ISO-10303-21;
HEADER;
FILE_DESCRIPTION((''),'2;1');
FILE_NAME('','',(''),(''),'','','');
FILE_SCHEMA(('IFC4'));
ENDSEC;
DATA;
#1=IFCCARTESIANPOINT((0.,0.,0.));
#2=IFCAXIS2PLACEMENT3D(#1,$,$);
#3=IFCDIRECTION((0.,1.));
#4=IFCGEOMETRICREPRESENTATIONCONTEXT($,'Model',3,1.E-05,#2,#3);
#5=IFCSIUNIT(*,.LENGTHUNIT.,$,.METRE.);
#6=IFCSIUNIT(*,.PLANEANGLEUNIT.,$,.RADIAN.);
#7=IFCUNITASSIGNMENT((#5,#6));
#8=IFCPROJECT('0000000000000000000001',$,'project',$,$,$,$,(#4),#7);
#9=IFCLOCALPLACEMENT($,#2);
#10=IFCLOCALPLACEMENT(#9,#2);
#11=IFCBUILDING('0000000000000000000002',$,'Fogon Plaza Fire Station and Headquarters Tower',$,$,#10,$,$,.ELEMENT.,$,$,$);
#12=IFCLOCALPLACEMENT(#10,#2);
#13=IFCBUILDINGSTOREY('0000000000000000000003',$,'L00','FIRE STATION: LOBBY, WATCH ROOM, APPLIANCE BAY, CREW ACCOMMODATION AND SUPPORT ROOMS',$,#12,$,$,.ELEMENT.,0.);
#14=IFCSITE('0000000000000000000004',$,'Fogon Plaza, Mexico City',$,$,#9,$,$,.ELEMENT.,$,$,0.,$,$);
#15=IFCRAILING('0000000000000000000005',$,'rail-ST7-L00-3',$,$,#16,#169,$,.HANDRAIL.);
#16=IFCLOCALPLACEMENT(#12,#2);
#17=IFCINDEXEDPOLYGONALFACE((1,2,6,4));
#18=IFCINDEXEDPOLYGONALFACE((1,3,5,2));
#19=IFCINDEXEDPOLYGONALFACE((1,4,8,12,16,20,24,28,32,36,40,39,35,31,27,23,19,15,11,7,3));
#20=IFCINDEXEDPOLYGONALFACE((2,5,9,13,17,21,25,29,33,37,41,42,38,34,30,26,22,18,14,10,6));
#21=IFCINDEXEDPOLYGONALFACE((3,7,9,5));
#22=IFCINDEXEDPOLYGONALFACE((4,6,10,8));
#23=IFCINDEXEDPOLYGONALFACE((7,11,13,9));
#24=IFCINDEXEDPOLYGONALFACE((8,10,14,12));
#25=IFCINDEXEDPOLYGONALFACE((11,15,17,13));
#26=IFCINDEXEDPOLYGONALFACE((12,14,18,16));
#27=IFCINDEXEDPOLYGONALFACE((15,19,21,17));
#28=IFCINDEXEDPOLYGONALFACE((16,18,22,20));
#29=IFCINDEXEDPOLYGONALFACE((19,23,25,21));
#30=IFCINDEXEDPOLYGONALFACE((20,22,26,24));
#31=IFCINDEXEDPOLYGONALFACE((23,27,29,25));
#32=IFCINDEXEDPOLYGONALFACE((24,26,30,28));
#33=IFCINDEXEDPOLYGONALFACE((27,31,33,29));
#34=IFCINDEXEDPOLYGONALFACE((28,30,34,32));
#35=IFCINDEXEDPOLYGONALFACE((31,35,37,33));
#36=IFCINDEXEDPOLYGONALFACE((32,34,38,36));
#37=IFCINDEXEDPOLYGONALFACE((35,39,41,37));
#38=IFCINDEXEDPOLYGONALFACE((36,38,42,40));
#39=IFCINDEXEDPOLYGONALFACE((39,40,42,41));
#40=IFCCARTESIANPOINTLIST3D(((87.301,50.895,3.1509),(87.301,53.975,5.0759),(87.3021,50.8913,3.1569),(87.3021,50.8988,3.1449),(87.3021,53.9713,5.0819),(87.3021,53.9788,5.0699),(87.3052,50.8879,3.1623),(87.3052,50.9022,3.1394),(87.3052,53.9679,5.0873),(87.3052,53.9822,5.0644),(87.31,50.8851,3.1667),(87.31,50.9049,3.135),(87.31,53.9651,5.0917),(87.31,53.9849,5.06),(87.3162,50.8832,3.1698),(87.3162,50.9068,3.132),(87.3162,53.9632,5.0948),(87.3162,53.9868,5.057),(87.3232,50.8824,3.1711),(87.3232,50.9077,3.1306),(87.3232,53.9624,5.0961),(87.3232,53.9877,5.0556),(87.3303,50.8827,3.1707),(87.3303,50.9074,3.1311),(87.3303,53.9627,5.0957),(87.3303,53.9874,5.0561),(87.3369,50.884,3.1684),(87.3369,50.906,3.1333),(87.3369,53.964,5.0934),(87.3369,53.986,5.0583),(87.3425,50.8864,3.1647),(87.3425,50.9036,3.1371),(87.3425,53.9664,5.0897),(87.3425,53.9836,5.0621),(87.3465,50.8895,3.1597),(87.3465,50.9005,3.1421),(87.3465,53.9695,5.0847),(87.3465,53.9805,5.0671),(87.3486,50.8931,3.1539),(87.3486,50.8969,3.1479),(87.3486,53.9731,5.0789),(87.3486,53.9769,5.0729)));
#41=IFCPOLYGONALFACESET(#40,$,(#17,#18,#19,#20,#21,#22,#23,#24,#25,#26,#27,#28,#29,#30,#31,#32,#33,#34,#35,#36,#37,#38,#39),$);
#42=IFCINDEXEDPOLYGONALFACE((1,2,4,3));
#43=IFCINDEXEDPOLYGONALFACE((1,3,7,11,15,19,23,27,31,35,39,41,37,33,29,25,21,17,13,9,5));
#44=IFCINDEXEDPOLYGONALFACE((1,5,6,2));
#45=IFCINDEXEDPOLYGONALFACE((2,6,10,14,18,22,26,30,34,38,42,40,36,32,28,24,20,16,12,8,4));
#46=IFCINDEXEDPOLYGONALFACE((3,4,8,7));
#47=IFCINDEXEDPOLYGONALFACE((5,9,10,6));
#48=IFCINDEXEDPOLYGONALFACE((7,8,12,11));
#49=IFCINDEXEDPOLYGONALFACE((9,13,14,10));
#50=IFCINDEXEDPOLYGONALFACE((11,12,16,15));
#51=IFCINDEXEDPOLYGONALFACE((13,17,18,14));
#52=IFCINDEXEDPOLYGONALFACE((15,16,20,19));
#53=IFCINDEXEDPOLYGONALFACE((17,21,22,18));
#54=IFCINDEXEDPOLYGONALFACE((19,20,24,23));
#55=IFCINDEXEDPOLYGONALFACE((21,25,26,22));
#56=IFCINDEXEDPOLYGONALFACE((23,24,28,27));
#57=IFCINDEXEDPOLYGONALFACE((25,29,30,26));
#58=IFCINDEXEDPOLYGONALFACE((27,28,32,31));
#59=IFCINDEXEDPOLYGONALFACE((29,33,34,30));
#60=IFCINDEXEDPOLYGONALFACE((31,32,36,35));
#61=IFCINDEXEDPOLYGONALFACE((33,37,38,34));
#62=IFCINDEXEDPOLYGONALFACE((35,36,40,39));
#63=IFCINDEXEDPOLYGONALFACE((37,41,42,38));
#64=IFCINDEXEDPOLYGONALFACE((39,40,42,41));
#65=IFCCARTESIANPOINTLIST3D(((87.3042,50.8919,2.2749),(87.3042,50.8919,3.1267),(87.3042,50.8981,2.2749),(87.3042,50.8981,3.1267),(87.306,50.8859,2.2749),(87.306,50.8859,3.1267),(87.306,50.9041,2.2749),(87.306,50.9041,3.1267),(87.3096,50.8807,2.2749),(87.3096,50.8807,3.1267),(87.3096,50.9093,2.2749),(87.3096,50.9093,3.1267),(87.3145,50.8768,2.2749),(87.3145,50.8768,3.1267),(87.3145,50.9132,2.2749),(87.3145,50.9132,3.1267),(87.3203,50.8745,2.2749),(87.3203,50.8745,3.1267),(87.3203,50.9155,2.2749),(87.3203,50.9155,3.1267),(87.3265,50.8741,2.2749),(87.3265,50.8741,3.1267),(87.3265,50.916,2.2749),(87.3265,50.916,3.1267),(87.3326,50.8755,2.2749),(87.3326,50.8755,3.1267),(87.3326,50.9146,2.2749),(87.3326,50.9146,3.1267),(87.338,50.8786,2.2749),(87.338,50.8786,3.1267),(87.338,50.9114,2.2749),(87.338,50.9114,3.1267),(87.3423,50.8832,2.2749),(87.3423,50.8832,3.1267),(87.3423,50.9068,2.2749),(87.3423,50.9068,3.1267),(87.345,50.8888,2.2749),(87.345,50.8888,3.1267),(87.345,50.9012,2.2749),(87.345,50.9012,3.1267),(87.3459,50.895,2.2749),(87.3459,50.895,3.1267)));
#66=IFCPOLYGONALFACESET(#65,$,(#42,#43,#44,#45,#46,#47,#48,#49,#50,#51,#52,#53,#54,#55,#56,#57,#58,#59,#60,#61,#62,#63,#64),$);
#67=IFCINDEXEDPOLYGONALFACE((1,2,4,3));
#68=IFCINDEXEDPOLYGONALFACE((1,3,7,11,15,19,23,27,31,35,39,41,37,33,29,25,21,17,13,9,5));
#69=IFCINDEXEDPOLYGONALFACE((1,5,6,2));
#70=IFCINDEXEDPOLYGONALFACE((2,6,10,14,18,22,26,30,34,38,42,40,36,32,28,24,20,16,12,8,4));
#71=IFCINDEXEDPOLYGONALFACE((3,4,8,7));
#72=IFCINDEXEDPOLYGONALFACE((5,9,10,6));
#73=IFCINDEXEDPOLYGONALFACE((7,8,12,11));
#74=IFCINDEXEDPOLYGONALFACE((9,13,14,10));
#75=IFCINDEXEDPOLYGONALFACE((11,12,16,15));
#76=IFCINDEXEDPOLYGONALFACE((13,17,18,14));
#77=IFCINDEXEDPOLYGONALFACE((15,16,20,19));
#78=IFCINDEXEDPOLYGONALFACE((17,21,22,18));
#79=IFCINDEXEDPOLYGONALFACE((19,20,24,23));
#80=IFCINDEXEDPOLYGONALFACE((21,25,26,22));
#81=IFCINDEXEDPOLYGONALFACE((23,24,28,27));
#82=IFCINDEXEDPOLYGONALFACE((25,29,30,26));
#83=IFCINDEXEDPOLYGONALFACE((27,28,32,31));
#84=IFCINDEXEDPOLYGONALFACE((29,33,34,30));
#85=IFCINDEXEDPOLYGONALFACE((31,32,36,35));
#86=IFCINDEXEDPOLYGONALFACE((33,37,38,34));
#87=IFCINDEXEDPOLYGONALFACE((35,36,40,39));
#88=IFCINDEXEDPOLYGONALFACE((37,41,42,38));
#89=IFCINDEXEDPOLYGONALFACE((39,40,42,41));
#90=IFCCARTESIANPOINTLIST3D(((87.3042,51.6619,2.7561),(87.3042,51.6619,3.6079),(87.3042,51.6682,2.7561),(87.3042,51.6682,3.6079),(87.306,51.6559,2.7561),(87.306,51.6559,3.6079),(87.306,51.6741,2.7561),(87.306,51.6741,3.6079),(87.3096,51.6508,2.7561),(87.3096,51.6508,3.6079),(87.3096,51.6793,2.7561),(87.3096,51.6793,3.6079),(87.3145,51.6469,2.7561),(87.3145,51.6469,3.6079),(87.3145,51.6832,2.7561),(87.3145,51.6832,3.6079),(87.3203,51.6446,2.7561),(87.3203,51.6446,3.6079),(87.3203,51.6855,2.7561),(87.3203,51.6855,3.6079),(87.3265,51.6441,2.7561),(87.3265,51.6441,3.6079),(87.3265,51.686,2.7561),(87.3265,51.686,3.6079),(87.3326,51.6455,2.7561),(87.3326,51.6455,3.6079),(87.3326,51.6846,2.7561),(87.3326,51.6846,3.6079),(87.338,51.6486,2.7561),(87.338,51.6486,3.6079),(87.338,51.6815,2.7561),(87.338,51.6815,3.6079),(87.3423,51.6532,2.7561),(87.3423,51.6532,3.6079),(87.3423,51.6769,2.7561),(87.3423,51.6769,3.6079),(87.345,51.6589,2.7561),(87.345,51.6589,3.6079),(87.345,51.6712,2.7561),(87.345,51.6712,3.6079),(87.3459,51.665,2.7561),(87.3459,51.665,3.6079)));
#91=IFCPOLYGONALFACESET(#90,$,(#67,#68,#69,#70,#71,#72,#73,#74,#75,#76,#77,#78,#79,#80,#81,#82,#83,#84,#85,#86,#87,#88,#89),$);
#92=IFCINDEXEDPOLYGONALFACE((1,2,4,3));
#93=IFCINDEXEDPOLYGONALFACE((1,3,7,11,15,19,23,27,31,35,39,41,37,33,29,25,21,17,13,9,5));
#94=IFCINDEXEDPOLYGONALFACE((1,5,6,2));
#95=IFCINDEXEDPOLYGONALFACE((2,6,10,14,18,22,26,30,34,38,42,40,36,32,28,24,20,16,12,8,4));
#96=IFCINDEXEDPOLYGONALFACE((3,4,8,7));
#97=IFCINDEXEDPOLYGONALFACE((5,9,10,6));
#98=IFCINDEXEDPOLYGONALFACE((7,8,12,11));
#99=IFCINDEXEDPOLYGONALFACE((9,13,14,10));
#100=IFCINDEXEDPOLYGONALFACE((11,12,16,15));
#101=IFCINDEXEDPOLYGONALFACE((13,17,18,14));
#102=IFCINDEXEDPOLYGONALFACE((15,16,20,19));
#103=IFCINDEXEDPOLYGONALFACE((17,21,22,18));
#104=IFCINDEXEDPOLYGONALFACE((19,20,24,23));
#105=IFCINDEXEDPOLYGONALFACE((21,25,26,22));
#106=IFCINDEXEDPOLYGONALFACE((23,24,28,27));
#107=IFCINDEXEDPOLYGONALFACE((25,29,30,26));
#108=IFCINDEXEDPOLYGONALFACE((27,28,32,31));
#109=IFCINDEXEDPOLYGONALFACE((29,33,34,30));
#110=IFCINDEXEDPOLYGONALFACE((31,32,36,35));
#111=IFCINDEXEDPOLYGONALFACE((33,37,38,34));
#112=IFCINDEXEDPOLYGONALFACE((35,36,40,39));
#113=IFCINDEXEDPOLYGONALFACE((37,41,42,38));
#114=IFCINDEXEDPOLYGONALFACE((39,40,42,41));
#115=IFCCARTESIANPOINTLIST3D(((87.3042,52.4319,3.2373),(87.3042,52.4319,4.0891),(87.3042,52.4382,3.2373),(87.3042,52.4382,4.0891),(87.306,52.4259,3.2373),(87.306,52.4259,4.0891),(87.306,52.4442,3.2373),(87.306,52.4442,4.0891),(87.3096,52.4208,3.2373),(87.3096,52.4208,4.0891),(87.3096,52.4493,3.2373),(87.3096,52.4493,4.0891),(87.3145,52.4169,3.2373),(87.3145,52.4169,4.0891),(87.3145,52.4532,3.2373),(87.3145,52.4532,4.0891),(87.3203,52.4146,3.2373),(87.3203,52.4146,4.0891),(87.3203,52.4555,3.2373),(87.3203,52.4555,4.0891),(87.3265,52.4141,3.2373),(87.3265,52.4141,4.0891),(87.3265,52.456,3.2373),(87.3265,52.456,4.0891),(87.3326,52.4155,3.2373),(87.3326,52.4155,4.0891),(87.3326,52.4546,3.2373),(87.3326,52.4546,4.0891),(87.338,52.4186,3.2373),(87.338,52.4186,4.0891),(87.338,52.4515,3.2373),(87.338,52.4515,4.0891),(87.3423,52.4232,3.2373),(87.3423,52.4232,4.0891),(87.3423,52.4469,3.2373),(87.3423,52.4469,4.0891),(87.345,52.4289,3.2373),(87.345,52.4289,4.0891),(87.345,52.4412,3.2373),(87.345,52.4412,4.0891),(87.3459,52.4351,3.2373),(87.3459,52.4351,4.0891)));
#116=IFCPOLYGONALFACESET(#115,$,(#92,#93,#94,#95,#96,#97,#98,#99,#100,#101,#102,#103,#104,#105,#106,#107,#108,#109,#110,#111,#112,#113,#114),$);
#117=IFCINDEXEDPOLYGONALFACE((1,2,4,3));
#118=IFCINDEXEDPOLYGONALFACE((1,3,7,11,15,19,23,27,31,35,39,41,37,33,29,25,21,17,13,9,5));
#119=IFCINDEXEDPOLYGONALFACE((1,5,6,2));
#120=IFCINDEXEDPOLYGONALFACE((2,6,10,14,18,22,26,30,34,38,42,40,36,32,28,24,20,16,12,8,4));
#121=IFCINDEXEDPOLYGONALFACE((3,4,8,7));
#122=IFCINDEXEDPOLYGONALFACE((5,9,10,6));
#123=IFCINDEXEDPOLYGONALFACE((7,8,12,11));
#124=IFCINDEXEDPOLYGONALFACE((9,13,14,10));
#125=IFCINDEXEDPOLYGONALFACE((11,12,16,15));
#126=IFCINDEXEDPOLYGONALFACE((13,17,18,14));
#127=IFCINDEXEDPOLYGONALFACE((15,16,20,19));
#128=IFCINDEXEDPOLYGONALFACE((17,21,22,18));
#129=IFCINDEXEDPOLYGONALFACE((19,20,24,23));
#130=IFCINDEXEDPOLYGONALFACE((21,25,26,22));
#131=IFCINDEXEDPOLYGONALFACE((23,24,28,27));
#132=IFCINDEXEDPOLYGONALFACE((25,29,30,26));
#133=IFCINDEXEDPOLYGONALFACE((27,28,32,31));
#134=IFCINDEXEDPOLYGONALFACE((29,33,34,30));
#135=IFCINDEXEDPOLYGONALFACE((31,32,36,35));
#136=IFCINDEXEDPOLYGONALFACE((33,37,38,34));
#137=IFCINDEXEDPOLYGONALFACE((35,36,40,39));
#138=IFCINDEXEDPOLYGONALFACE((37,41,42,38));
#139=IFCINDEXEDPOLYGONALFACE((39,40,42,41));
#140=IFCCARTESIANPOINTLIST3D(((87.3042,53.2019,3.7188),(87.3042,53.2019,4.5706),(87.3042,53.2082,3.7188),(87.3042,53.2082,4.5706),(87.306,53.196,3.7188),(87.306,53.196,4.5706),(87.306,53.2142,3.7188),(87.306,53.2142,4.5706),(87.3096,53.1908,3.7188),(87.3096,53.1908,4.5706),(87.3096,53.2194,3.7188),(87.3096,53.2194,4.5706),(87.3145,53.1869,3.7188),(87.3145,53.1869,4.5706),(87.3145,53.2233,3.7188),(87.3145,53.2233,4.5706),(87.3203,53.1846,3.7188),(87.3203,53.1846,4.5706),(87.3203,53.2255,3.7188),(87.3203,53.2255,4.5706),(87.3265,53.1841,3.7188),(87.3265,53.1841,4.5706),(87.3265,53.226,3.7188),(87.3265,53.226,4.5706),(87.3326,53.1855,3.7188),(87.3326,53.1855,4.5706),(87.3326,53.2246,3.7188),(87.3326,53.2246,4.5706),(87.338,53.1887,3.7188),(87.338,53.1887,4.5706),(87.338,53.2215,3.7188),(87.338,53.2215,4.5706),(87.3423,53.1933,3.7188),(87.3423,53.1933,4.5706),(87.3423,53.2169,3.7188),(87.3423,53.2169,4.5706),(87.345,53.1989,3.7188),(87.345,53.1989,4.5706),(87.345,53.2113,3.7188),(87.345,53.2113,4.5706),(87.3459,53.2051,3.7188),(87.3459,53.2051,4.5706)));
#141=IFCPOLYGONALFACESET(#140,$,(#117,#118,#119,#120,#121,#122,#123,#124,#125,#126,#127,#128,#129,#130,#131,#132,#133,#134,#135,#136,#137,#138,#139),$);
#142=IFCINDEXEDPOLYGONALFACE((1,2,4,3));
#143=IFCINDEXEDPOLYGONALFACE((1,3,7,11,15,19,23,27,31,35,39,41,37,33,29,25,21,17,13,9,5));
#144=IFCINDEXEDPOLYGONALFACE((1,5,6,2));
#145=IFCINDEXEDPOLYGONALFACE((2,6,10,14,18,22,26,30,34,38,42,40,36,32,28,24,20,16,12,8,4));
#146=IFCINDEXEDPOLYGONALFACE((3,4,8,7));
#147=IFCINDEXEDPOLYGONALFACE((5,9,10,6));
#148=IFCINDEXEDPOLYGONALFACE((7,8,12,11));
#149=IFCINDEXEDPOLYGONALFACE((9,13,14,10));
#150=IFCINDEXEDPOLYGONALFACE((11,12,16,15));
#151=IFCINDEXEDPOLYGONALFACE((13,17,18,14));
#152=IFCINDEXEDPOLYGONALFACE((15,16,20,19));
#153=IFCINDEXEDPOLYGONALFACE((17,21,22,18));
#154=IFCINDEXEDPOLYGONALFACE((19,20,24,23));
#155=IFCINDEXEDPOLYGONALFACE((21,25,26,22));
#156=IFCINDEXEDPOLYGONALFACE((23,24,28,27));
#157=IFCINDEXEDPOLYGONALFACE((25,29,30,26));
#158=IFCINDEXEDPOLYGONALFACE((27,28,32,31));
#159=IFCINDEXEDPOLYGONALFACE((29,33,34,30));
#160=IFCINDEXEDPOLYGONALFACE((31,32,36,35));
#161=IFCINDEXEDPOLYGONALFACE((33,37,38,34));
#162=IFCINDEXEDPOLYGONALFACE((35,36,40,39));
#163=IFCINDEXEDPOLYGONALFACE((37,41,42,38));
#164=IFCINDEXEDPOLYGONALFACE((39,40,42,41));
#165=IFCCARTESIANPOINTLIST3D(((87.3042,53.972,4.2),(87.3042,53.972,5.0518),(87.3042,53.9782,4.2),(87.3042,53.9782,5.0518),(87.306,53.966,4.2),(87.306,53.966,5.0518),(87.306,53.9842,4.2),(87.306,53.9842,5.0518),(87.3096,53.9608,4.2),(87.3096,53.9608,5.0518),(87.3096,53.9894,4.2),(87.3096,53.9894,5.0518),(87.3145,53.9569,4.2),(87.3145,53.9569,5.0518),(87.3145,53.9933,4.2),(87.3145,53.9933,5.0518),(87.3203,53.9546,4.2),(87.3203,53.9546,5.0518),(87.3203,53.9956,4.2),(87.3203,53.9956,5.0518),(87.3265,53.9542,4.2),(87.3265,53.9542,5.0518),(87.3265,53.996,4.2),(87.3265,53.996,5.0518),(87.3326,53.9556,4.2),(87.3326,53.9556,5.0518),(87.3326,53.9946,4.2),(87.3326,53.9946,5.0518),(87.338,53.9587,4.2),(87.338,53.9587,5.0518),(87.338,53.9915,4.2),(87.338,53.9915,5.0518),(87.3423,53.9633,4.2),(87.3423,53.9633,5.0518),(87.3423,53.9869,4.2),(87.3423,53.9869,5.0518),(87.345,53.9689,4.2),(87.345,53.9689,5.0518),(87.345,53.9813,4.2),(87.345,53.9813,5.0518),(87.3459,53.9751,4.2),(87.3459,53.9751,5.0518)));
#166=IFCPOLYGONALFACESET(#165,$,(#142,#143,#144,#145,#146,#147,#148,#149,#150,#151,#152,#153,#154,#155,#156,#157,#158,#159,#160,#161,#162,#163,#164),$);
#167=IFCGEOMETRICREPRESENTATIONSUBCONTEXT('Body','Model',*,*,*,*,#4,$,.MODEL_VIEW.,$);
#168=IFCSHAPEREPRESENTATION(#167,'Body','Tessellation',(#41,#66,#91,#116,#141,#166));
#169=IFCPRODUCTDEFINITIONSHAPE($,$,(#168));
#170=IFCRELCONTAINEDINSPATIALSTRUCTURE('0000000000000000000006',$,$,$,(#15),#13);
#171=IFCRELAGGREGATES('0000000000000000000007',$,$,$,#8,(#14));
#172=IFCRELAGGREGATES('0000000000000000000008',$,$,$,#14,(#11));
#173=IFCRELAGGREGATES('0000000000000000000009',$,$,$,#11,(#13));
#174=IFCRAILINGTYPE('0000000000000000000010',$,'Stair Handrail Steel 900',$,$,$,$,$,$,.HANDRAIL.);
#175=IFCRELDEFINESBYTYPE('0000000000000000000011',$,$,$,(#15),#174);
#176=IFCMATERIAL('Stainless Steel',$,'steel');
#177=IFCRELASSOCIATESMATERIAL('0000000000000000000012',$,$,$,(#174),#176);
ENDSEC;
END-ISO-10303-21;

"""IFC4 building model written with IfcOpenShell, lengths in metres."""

from ifc_helpers import new_model, si_unit, direction, frame, origin, origin_2d, place, context, subcontext, project, spatial, circle, extrude, material, type_object, element, save


model = new_model("IFC4")

# Units and contexts
model_context = context("Model", 3, precision=1e-05, world=origin(), true_north=direction((0.0, 1.0)))
body_context = subcontext(model_context, "Body", "Model", "MODEL_VIEW")
ifc_project = project(units=[si_unit("LENGTHUNIT", "METRE"), si_unit("PLANEANGLEUNIT", "RADIAN")], contexts=[model_context])

# Site, building, storey
site_placement = place(None, origin())
site = spatial("IfcSite", under=ifc_project, at=site_placement, Name="Fogon Plaza, Mexico City", CompositionType="ELEMENT", RefElevation=0.0)
building_placement = place(site_placement, origin())
building = spatial("IfcBuilding", under=site, at=building_placement, Name="Fogon Plaza Fire Station and Headquarters Tower", CompositionType="ELEMENT")
storey_placement = place(building_placement, origin())
storey = spatial("IfcBuildingStorey", under=building, at=storey_placement, Name="L00", Description="FIRE STATION: LOBBY, WATCH ROOM, APPLIANCE BAY, CREW ACCOMMODATION AND SUPPORT ROOMS", CompositionType="ELEMENT", Elevation=0.0)

# Railing
ifc_material_1 = material(Name="Stainless Steel", Category="steel")
railing_type = type_object("IfcRailingType", Name="Stair Handrail Steel 900", PredefinedType="HANDRAIL", material=ifc_material_1)
for number, where, name in (
    (1, (87.325, 50.895, 2.2749), "rail-ST7-L00-3"),
):
    element("IfcRailing", number, at=place(storey_placement, frame(where)), inside=storey, type_object=railing_type, Name=name, PredefinedType="HANDRAIL", context=body_context, shape_type="SweptSolid", body=[
        extrude(circle(Radius=0.0239, at=origin_2d()), frame((0.0, 0.0, 0.876), z_axis=(0.0, 0.847998, 0.529999), x_axis=(-1.0, 0.0, 0.0)), (0.0, 0.0, 1.0), 3.6321),
        extrude(circle(Radius=0.021, at=origin_2d()), origin(), (0.0, 0.0, 1.0), 0.8518),
        extrude(circle(Radius=0.021, at=origin_2d()), frame((0.0, 0.77, 0.4812)), (0.0, 0.0, 1.0), 0.8518),
        extrude(circle(Radius=0.021, at=origin_2d()), frame((0.0, 1.54, 0.9624)), (0.0, 0.0, 1.0), 0.8518),
        extrude(circle(Radius=0.021, at=origin_2d()), frame((0.0, 2.3101, 1.4438)), (0.0, 0.0, 1.0), 0.8518),
        extrude(circle(Radius=0.021, at=origin_2d()), frame((0.0, 3.0801, 1.925)), (0.0, 0.0, 1.0), 0.8518),
    ])

save(model, "model.ifc")
